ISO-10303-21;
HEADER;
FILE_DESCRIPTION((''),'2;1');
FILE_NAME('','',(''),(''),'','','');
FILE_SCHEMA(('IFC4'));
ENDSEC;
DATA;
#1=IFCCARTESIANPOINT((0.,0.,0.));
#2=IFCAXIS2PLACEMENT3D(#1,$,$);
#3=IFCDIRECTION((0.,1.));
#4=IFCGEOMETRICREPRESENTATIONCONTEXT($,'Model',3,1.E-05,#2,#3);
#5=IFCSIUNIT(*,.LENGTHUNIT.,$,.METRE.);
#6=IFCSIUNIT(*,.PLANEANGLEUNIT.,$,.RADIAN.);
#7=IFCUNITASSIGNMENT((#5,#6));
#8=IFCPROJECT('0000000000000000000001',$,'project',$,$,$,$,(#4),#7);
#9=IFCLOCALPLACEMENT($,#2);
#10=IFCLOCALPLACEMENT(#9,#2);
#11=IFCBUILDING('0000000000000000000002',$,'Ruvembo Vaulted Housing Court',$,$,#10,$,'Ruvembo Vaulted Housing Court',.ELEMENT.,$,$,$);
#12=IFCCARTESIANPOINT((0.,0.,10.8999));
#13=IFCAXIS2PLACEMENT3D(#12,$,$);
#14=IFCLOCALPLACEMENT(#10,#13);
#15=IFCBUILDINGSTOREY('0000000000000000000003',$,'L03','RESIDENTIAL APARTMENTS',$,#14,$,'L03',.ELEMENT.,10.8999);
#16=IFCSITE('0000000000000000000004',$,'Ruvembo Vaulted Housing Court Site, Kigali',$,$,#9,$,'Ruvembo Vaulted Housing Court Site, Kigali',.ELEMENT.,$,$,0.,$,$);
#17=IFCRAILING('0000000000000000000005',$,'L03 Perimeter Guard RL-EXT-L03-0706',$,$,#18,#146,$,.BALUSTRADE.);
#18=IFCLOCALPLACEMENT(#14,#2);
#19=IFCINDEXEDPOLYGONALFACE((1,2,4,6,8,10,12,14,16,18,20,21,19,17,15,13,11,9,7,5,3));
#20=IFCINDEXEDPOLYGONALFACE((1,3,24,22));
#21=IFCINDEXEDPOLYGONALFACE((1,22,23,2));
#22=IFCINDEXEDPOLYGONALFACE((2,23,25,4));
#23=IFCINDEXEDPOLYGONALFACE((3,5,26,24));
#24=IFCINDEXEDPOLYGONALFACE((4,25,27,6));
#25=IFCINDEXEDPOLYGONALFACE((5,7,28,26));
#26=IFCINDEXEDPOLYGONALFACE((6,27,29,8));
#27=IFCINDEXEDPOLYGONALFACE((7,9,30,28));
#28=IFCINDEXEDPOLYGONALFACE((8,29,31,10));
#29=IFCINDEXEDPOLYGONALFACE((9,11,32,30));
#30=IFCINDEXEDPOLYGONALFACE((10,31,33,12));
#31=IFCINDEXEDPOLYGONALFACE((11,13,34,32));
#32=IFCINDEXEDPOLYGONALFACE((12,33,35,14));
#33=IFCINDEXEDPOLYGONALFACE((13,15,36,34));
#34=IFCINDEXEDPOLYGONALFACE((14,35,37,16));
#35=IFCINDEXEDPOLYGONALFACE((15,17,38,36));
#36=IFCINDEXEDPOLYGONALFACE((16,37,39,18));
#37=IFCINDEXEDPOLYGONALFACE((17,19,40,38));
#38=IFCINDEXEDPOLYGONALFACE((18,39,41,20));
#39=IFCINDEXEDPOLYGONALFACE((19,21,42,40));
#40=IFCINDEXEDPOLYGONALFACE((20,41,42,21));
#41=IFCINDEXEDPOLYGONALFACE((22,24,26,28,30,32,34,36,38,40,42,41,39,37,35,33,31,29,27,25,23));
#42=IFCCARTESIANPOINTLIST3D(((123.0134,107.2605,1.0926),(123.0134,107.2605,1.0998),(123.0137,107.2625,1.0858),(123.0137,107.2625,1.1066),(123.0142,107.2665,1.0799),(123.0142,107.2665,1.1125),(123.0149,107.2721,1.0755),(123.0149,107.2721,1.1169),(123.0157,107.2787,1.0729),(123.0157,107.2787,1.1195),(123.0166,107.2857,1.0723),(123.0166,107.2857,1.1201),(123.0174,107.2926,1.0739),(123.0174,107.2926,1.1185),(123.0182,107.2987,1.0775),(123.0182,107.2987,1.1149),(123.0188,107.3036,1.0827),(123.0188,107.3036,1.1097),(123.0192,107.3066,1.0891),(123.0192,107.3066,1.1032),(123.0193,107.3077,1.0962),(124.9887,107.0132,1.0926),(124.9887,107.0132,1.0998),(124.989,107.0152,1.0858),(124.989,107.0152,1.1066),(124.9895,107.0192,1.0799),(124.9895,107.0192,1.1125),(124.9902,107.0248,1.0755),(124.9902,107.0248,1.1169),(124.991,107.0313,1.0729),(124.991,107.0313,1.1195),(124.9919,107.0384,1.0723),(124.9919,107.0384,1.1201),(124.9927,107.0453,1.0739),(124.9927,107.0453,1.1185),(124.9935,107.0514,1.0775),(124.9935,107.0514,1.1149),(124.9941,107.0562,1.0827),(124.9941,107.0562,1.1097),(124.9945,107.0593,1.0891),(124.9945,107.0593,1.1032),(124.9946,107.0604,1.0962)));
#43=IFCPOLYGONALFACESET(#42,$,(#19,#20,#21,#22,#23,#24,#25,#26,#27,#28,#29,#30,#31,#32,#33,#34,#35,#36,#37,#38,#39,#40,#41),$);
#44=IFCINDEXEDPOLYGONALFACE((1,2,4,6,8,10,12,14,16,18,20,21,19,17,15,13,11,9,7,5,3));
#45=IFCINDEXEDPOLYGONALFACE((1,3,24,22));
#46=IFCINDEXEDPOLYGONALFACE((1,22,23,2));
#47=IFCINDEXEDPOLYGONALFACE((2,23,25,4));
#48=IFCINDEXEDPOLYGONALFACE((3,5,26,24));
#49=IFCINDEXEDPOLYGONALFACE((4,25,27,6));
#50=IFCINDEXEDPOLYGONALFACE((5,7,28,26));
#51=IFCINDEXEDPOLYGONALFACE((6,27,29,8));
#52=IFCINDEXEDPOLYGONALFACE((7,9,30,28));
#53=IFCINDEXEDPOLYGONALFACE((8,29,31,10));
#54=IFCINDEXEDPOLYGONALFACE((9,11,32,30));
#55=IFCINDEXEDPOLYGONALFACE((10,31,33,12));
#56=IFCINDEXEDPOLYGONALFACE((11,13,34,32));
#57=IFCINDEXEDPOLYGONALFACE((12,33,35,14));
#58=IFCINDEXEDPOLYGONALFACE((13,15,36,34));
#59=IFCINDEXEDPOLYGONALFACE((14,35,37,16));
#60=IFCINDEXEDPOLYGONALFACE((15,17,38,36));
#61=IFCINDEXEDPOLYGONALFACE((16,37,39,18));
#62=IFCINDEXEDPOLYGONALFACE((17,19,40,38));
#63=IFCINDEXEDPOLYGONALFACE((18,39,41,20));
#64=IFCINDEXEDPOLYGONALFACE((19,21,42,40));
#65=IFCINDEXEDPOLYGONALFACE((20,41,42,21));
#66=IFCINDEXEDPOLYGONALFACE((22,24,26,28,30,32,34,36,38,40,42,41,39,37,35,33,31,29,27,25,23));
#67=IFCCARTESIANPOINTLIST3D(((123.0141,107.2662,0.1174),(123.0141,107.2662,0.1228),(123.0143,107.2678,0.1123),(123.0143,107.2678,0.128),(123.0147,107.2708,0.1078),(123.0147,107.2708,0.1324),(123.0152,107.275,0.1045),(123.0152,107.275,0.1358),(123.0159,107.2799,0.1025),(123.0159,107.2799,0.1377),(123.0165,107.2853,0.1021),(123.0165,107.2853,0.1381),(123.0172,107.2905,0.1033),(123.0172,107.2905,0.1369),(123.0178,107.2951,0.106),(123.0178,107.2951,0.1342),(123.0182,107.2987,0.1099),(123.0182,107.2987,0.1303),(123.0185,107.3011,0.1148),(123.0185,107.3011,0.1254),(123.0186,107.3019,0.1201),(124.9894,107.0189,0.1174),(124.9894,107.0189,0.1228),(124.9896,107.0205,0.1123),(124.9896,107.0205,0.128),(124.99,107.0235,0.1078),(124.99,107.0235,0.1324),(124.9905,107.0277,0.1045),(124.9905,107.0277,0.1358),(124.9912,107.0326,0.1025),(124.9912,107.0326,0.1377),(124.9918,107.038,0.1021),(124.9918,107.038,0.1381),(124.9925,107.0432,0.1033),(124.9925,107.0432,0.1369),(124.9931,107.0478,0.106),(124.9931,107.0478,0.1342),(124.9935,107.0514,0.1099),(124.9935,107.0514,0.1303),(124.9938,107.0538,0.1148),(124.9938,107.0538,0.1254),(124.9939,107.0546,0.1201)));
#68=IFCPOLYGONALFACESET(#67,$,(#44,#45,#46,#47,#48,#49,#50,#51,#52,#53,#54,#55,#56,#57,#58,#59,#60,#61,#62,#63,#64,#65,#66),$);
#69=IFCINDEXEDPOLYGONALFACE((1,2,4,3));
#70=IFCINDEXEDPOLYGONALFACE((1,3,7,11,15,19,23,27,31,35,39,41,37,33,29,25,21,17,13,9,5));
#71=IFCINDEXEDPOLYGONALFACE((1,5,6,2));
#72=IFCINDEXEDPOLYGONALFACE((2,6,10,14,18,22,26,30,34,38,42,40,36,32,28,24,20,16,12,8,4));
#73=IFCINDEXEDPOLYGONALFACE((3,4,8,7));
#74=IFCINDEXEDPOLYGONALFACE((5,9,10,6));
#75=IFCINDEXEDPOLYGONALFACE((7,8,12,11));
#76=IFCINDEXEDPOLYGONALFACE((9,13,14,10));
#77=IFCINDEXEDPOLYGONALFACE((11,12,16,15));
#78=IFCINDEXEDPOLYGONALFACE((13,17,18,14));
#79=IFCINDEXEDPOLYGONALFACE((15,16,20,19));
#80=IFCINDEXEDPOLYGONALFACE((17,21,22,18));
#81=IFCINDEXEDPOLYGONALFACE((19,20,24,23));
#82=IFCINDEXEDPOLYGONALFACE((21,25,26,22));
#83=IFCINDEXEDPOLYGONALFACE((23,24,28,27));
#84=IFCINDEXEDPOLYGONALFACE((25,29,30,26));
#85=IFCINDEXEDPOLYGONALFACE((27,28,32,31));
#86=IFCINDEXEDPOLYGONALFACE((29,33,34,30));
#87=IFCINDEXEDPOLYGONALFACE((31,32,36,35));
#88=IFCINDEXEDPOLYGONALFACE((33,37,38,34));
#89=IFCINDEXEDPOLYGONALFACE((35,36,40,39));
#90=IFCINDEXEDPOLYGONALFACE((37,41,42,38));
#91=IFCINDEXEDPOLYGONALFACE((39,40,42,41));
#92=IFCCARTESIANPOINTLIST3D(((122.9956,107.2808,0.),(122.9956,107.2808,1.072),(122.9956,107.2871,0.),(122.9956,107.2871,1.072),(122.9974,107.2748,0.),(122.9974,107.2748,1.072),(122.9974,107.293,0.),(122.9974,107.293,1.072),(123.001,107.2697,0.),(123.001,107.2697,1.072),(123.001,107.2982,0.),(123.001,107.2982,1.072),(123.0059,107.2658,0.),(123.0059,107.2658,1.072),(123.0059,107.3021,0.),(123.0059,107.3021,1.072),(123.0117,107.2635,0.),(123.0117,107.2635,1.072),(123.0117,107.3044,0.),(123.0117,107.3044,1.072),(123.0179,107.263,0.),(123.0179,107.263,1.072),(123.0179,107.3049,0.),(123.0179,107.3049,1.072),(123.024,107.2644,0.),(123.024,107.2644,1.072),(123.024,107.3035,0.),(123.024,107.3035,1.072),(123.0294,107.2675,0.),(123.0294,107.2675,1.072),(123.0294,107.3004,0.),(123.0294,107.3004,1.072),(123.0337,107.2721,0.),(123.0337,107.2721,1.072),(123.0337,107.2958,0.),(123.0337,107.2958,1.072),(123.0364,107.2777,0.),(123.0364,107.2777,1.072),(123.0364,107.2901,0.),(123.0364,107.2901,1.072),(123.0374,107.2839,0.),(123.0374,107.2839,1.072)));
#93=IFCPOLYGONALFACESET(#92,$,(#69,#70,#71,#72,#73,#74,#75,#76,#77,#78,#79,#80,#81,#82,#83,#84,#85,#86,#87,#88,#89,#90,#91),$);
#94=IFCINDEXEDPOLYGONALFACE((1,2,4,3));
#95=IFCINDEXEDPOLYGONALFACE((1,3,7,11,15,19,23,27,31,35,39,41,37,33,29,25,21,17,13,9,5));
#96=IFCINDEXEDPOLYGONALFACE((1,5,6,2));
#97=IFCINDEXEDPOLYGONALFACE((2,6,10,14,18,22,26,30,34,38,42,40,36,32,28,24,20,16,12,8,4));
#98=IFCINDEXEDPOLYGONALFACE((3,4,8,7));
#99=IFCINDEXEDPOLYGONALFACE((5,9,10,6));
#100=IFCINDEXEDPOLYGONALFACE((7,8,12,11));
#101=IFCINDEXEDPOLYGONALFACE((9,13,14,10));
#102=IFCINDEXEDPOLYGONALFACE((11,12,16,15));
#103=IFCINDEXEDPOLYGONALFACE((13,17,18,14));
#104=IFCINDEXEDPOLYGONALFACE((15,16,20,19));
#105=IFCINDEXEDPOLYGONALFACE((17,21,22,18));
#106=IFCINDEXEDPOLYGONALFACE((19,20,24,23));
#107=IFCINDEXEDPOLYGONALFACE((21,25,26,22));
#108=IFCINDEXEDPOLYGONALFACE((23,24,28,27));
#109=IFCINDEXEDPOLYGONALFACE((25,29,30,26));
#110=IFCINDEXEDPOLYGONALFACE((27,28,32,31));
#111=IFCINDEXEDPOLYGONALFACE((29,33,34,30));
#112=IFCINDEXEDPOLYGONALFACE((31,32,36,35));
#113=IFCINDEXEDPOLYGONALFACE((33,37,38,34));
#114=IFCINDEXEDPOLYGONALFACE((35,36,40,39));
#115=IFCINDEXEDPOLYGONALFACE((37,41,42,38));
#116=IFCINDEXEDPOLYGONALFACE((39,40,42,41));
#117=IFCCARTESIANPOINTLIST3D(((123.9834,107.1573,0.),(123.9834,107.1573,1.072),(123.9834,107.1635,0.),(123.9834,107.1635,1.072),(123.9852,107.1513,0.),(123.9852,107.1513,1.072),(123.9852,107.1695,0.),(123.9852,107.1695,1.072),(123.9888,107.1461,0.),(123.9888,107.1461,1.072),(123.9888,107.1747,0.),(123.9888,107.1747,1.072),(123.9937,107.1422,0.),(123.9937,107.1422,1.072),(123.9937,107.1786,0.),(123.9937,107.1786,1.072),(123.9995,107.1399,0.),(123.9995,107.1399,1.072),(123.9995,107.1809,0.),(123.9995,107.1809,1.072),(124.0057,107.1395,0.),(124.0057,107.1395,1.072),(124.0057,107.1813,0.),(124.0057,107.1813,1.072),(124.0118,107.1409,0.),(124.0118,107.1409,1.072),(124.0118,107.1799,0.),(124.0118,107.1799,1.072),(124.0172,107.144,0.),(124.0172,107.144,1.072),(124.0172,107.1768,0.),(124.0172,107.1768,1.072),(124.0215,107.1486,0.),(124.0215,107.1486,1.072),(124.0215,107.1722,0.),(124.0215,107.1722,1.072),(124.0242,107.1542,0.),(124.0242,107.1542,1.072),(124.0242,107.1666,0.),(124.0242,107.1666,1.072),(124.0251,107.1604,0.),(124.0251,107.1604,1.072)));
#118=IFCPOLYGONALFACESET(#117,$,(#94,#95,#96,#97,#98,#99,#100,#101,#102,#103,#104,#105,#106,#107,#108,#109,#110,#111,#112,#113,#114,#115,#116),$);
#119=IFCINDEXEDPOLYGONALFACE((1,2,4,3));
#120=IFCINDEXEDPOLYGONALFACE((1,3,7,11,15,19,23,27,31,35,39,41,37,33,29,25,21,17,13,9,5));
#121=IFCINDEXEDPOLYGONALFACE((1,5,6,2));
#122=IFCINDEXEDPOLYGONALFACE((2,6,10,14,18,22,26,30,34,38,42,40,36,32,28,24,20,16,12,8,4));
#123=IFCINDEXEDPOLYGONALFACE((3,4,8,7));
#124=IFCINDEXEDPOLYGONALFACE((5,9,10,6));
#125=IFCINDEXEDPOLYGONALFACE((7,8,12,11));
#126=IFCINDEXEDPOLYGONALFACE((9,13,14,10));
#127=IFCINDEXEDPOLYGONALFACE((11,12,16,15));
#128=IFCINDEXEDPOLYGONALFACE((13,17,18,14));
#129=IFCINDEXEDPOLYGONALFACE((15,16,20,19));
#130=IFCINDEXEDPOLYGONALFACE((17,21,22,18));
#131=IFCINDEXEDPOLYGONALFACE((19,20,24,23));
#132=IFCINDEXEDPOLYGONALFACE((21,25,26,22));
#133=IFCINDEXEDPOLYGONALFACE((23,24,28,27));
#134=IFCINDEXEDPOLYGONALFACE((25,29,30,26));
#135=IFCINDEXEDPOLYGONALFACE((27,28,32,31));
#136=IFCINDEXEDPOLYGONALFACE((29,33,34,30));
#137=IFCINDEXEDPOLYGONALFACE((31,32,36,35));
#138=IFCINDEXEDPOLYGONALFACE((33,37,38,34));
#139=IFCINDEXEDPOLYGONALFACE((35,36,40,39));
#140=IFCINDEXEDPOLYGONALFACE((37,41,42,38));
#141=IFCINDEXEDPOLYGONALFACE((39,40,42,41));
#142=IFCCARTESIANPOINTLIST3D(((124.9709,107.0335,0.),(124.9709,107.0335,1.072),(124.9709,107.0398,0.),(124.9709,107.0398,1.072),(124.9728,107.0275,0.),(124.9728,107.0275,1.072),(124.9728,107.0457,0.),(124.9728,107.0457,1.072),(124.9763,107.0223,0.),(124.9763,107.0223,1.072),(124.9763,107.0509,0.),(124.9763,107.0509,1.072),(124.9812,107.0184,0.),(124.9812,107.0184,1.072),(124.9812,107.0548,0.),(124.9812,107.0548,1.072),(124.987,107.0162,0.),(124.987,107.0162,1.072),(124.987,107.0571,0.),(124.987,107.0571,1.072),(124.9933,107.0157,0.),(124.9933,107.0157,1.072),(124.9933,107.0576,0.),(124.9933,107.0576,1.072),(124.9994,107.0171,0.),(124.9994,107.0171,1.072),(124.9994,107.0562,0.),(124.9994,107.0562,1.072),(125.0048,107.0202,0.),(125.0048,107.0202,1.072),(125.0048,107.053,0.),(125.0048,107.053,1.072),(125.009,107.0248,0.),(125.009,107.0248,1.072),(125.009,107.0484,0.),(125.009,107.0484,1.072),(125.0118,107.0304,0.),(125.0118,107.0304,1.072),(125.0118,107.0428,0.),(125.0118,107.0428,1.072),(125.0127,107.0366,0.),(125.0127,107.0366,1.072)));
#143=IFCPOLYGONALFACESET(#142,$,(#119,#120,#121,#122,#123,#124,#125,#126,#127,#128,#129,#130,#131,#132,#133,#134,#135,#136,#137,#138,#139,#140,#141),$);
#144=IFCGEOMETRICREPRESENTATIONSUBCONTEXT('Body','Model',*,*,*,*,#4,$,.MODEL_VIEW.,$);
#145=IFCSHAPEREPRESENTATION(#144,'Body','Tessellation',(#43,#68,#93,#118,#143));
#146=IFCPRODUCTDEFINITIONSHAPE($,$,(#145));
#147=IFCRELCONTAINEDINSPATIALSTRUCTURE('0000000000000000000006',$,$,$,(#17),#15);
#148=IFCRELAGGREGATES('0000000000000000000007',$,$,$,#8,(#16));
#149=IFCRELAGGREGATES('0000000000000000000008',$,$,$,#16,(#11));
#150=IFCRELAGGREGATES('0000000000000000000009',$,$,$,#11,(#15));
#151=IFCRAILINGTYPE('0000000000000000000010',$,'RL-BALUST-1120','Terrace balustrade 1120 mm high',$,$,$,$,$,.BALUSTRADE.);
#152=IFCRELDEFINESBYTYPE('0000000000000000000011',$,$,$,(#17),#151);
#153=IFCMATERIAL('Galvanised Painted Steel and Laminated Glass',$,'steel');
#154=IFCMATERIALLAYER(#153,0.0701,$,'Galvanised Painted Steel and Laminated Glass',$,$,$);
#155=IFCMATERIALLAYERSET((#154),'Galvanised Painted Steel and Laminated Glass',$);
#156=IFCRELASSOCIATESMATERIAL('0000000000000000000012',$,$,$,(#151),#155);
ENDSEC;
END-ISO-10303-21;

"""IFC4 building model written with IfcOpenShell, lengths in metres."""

from ifc_helpers import new_model, si_unit, direction, frame, origin, origin_2d, place, context, subcontext, project, spatial, circle, extrude, material, layer, layer_set, type_object, element, save


model = new_model("IFC4")

# Units and contexts
model_context = context("Model", 3, precision=1e-05, world=origin(), true_north=direction((0.0, 1.0)))
body_context = subcontext(model_context, "Body", "Model", "MODEL_VIEW")
ifc_project = project(units=[si_unit("LENGTHUNIT", "METRE"), si_unit("PLANEANGLEUNIT", "RADIAN")], contexts=[model_context])

# Site, building, storey
site_placement = place(None, origin())
site = spatial("IfcSite", under=ifc_project, at=site_placement, Name="Ruvembo Vaulted Housing Court Site, Kigali", LongName="Ruvembo Vaulted Housing Court Site, Kigali", CompositionType="ELEMENT", RefElevation=0.0)
building_placement = place(site_placement, origin())
building = spatial("IfcBuilding", under=site, at=building_placement, Name="Ruvembo Vaulted Housing Court", LongName="Ruvembo Vaulted Housing Court", CompositionType="ELEMENT")
storey_placement = place(building_placement, frame((0.0, 0.0, 10.8999)))
storey = spatial("IfcBuildingStorey", under=building, at=storey_placement, Name="L03", Description="RESIDENTIAL APARTMENTS", LongName="L03", CompositionType="ELEMENT", Elevation=10.8999)

# Railing
ifc_material_1 = material(Name="Galvanised Painted Steel and Laminated Glass", Category="steel")
ifc_layer_1 = layer(ifc_material_1, 0.0701, Name="Galvanised Painted Steel and Laminated Glass")
ifc_layer_set_1 = layer_set([ifc_layer_1], Name="Galvanised Painted Steel and Laminated Glass")
railing_type = type_object("IfcRailingType", Name="RL-BALUST-1120", Description="Terrace balustrade 1120 mm high", PredefinedType="BALUSTRADE", material=ifc_layer_set_1)
railing_1_placement = place(storey_placement, frame((123.0164, 107.2839, 0.0)))
element("IfcRailing", 1, at=railing_1_placement, inside=storey, type_object=railing_type, Name="L03 Perimeter Guard RL-EXT-L03-0706", PredefinedType="BALUSTRADE", context=body_context, shape_type="SweptSolid", body=[
    extrude(circle(Radius=0.0239, at=origin_2d()), frame((0.0, 0.0, 1.0962), z_axis=(0.992253, -0.124231, 0.0), x_axis=(0.124231, 0.992253, 0.0)), (0.0, 0.0, 1.0), 1.9907),
    extrude(circle(Radius=0.0181, at=origin_2d()), frame((0.0, 0.0, 0.1201), z_axis=(0.992253, -0.124231, 0.0), x_axis=(0.124231, 0.992253, 0.0)), (0.0, 0.0, 1.0), 1.9907),
    extrude(circle(Radius=0.021, at=origin_2d()), origin(), (0.0, 0.0, 1.0), 1.072),
    extrude(circle(Radius=0.021, at=origin_2d()), frame((0.9878, -0.1235, 0.0)), (0.0, 0.0, 1.0), 1.072),
    extrude(circle(Radius=0.021, at=origin_2d()), frame((1.9753, -0.2473, 0.0)), (0.0, 0.0, 1.0), 1.072),
])

save(model, "model.ifc")
